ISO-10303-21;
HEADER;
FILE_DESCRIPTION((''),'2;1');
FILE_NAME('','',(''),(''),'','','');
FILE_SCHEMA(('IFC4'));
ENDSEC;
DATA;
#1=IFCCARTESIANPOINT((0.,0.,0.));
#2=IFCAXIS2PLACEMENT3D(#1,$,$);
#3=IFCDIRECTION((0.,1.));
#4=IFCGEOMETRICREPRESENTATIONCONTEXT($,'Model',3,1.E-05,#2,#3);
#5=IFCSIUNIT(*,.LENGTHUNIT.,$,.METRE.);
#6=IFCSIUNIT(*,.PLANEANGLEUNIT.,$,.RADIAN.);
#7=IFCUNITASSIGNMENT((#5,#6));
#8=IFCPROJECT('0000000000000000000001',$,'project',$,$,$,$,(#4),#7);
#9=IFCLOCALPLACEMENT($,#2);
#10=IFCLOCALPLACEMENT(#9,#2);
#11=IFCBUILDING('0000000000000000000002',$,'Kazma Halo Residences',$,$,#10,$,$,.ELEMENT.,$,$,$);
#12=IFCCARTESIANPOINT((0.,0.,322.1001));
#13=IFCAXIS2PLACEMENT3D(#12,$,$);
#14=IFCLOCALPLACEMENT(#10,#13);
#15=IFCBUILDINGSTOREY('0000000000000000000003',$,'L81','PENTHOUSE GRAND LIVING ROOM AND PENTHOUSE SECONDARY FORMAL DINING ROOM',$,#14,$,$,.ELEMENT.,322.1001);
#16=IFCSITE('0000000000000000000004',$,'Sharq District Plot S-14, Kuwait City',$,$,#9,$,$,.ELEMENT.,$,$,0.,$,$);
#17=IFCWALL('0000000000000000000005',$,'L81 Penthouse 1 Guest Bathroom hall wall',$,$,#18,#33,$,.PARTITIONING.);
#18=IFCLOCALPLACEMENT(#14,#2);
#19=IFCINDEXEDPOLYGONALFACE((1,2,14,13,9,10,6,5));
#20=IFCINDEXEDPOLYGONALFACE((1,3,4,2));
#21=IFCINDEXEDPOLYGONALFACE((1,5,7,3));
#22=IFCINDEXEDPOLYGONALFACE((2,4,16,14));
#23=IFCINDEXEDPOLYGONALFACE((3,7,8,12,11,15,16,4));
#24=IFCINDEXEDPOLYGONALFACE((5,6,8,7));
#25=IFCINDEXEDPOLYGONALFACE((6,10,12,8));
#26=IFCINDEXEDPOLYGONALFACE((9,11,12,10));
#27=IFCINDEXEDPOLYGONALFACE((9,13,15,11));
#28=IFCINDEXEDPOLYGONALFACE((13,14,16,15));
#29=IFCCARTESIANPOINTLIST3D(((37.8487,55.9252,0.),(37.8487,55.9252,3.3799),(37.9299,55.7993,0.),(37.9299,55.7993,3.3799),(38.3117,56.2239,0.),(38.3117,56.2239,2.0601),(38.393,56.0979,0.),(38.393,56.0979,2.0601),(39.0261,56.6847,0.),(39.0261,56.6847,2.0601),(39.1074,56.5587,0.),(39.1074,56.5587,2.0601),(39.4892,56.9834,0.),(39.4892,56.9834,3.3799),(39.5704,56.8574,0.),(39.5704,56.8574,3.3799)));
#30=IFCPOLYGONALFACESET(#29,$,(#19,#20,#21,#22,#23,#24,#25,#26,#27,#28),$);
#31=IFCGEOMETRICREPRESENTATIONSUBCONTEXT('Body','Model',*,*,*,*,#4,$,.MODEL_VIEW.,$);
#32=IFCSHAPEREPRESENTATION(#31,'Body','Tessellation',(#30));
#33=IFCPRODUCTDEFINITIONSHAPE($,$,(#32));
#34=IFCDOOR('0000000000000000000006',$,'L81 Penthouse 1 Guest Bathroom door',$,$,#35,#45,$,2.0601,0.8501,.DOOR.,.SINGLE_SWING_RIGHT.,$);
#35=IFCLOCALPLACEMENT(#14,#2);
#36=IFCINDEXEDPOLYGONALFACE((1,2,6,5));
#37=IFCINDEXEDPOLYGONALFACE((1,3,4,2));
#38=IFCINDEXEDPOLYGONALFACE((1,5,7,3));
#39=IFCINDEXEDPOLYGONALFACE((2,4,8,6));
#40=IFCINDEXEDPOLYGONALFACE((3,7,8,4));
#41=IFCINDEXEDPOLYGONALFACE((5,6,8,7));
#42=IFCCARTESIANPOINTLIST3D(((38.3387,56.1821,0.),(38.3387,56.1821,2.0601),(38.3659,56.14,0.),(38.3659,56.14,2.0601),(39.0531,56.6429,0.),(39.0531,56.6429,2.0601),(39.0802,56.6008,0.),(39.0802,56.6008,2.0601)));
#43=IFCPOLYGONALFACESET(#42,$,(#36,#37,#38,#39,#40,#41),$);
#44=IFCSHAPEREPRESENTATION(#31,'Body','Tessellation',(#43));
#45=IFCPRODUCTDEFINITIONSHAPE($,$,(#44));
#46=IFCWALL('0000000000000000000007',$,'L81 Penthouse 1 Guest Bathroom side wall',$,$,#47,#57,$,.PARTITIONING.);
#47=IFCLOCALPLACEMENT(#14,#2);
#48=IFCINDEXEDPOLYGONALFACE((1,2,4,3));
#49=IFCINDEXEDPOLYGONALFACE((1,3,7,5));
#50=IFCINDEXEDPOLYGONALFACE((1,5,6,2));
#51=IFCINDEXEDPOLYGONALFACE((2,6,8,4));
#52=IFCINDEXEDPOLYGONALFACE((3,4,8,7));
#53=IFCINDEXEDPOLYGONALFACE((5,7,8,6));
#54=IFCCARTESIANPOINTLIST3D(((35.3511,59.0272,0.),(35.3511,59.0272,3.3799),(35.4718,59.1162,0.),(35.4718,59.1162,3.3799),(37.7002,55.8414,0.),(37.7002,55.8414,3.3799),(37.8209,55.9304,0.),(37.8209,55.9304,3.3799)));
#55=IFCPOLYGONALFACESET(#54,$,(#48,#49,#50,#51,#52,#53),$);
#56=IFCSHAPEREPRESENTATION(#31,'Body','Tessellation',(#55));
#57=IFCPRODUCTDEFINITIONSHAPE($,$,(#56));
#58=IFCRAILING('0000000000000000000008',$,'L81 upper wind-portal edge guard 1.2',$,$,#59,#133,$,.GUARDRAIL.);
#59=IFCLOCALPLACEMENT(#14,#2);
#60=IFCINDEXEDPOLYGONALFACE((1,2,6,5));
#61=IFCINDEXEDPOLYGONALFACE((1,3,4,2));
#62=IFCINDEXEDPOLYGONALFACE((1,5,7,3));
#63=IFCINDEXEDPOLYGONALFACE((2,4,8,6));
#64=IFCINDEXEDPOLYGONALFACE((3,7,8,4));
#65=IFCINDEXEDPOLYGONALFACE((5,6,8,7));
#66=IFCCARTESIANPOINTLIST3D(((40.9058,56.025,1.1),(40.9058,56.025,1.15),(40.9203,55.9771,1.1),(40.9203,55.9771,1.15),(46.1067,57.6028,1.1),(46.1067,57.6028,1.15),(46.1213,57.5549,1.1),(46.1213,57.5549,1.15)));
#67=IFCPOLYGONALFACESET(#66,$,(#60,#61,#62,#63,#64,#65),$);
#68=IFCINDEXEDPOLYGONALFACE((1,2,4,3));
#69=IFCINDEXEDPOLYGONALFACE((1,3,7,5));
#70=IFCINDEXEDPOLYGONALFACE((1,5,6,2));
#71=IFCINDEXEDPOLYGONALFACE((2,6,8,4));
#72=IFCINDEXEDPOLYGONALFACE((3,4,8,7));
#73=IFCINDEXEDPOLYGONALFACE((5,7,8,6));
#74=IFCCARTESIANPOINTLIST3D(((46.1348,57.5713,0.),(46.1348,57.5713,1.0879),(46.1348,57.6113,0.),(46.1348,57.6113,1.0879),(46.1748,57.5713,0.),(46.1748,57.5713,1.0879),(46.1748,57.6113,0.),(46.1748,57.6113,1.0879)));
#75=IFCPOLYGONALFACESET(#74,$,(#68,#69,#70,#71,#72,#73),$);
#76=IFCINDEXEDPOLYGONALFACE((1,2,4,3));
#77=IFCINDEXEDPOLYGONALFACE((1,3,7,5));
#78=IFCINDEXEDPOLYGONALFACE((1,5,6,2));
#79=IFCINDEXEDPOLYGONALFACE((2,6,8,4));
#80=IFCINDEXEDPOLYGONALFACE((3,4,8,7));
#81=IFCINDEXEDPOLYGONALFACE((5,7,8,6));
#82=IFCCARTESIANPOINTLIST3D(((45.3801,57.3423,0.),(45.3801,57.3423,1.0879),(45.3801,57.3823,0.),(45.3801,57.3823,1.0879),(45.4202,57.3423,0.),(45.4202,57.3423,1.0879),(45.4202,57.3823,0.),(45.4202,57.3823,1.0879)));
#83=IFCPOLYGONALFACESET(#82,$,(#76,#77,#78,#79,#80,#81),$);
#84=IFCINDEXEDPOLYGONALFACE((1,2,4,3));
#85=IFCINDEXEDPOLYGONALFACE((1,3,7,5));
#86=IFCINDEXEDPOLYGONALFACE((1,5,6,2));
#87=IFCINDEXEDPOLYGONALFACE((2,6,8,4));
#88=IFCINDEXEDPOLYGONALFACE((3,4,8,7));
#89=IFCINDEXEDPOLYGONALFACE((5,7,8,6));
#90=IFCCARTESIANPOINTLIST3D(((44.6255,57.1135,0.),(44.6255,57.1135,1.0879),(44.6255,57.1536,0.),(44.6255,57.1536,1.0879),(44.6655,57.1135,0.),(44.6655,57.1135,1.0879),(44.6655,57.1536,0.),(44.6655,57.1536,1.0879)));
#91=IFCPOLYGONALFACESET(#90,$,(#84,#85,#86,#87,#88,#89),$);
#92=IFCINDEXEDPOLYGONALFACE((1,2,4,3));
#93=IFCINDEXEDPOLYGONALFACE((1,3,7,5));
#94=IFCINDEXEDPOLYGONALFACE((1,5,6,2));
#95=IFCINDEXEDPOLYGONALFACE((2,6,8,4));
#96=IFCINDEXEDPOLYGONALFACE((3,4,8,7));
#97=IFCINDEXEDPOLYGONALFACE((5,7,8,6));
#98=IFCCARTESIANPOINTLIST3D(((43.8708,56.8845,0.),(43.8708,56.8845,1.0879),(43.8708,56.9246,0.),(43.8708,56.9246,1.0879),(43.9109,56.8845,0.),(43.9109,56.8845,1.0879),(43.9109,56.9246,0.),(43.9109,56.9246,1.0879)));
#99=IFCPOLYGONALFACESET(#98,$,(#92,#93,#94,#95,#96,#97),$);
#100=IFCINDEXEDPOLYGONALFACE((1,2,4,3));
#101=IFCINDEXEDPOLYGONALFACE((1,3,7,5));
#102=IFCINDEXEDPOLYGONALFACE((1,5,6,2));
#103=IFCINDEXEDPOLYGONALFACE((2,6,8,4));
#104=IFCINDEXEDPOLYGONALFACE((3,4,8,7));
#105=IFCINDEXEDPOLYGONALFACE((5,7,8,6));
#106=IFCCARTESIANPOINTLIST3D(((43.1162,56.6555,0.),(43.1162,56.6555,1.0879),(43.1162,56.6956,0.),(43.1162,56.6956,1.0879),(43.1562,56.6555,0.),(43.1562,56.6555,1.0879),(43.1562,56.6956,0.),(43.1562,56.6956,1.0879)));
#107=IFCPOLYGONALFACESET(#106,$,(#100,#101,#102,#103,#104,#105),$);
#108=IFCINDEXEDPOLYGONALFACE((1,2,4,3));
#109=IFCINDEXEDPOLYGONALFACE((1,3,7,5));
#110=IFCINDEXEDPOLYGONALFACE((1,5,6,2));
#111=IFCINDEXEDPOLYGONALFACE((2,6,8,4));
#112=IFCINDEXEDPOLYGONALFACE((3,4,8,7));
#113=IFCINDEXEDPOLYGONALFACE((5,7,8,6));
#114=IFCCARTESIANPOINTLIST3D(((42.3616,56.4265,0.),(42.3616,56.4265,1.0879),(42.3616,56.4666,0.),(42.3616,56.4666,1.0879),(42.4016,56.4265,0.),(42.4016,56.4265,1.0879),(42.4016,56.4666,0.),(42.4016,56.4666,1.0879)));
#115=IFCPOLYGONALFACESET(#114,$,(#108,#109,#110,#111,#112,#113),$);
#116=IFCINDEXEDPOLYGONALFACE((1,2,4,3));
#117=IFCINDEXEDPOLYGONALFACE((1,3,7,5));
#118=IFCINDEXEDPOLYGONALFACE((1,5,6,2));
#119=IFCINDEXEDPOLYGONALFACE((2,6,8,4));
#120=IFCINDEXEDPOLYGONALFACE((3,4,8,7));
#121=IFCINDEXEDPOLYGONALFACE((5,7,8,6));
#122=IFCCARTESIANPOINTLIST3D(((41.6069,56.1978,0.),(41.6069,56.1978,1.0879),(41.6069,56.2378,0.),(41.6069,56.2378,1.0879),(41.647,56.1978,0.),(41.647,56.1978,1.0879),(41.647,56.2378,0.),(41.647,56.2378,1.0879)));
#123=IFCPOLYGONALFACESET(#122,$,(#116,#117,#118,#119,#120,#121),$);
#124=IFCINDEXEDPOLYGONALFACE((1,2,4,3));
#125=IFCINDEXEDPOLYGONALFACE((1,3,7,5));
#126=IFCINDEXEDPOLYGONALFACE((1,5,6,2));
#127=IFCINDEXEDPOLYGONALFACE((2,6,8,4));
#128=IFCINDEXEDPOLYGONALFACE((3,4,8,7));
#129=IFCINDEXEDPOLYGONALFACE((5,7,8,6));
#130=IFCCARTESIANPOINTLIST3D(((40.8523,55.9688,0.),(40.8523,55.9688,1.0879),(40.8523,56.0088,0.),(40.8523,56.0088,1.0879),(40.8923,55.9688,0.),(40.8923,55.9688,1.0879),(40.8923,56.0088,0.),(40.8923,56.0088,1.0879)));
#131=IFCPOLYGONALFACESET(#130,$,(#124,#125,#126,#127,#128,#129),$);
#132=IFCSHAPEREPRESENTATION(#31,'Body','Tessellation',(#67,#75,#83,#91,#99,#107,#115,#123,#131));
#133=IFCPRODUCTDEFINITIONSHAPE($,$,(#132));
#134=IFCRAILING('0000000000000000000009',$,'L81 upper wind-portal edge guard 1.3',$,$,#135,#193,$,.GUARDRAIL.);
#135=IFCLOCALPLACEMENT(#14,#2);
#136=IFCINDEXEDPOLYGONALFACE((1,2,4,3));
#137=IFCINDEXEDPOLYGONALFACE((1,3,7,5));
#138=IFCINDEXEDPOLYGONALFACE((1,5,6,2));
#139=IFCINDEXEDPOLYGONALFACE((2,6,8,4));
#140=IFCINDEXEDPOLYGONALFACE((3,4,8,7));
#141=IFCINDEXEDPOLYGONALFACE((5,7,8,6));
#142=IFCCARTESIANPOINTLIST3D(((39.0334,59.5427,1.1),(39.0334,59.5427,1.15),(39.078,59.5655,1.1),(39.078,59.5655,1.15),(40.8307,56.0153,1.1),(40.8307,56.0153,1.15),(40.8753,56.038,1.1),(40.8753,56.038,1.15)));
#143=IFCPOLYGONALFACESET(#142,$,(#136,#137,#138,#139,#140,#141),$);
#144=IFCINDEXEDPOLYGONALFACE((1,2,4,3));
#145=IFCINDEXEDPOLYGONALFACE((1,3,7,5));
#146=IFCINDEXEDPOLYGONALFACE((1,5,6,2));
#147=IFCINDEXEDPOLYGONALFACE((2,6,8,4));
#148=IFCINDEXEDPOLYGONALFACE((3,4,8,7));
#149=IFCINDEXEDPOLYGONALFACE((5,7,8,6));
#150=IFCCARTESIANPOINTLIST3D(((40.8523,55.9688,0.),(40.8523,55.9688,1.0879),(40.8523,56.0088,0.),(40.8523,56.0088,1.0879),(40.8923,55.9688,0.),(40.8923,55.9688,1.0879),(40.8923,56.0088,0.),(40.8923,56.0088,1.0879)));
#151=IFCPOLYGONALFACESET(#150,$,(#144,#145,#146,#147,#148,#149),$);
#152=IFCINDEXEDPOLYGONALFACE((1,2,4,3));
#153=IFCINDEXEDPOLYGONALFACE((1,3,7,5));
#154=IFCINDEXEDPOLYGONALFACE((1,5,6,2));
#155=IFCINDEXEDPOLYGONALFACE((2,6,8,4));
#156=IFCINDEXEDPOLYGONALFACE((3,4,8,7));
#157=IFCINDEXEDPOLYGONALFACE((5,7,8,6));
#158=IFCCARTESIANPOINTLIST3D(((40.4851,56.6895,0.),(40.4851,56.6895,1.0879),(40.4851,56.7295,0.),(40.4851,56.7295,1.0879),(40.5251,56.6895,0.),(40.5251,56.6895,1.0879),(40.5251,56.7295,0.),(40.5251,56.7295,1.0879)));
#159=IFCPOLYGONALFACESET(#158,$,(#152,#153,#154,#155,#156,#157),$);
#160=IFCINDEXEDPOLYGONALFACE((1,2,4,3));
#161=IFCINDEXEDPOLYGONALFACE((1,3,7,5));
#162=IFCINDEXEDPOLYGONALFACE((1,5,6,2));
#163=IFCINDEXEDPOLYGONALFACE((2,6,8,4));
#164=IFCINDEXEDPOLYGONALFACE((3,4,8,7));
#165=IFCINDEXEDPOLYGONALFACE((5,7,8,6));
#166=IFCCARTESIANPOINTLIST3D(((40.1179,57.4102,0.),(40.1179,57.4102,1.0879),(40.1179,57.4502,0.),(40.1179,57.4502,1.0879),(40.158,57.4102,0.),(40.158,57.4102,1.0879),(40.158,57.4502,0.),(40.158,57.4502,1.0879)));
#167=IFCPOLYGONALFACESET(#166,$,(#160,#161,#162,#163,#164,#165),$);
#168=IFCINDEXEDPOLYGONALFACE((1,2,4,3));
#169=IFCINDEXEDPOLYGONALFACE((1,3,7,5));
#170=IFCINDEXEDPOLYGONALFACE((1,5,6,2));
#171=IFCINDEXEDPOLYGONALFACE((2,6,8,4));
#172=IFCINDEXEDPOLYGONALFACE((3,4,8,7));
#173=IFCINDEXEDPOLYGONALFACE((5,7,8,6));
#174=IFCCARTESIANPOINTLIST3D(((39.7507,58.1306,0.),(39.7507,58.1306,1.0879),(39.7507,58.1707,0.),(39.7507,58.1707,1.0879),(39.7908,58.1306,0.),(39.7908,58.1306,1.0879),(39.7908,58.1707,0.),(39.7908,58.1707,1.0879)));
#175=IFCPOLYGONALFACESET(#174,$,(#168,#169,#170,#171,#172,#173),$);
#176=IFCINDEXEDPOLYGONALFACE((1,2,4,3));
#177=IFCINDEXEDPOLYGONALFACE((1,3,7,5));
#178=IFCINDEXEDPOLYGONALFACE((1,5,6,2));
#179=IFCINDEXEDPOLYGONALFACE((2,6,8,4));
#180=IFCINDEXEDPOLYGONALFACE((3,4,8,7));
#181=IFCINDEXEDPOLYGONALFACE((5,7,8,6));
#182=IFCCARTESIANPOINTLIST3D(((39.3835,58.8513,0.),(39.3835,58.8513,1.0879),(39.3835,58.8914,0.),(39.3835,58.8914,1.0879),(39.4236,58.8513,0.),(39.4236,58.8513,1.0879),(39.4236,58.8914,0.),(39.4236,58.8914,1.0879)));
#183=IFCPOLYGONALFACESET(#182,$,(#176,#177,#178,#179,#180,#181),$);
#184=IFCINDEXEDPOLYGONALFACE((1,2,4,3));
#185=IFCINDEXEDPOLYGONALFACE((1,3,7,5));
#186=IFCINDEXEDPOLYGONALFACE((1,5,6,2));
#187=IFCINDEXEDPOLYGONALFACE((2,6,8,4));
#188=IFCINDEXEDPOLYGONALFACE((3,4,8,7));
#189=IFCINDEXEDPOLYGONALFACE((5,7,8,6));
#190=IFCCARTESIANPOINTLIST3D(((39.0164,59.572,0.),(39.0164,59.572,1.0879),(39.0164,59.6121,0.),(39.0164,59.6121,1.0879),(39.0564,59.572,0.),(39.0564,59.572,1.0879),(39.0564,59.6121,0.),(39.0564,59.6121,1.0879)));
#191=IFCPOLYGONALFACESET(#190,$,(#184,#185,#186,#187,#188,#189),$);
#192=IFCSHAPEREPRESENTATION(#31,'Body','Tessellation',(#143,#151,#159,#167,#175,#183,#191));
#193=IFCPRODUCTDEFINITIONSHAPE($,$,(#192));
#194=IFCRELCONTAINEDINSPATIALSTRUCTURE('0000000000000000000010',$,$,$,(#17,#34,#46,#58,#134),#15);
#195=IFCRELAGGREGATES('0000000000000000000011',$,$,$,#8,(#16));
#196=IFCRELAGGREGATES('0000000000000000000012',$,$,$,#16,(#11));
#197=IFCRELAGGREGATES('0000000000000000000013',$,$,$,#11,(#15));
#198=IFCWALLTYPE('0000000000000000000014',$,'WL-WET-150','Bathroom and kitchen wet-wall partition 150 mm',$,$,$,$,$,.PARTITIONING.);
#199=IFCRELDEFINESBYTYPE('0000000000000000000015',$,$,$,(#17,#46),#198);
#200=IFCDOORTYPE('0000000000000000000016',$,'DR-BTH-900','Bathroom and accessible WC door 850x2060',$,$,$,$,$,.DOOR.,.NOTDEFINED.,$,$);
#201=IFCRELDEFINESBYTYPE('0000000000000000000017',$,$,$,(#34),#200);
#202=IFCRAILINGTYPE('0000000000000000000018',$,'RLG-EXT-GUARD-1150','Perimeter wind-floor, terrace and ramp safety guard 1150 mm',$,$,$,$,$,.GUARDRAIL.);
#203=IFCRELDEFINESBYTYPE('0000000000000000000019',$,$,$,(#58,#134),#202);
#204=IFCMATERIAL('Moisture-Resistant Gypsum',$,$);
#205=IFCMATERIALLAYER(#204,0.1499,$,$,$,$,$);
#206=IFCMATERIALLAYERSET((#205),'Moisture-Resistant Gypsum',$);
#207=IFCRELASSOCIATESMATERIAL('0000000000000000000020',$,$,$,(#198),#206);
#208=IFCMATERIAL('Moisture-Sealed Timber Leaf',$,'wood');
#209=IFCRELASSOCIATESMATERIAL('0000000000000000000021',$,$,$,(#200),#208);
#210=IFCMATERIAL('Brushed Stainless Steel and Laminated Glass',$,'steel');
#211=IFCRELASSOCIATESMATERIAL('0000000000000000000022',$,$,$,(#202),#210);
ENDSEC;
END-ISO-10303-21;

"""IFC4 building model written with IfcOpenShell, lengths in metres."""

from ifc_helpers import new_model, si_unit, direction, frame, frame_2d, origin, origin_2d, place, context, subcontext, project, spatial, rectangle, extrude, material, layer, layer_set, type_object, element, fill, save


model = new_model("IFC4")

# Units and contexts
model_context = context("Model", 3, precision=1e-05, world=origin(), true_north=direction((0.0, 1.0)))
body_context = subcontext(model_context, "Body", "Model", "MODEL_VIEW")
ifc_project = project(units=[si_unit("LENGTHUNIT", "METRE"), si_unit("PLANEANGLEUNIT", "RADIAN")], contexts=[model_context])

# Site, building, storey
site_placement = place(None, origin())
site = spatial("IfcSite", under=ifc_project, at=site_placement, Name="Sharq District Plot S-14, Kuwait City", CompositionType="ELEMENT", RefElevation=0.0)
building_placement = place(site_placement, origin())
building = spatial("IfcBuilding", under=site, at=building_placement, Name="Kazma Halo Residences", CompositionType="ELEMENT")
storey_placement = place(building_placement, frame((0.0, 0.0, 322.1001)))
storey = spatial("IfcBuildingStorey", under=building, at=storey_placement, Name="L81", Description="PENTHOUSE GRAND LIVING ROOM AND PENTHOUSE SECONDARY FORMAL DINING ROOM", CompositionType="ELEMENT", Elevation=322.1001)

# Wall, opening, door
ifc_material_1 = material(Name="Moisture-Resistant Gypsum")
ifc_layer_1 = layer(ifc_material_1, 0.1499)
ifc_layer_set_1 = layer_set([ifc_layer_1], Name="Moisture-Resistant Gypsum")
wall_type_1 = type_object("IfcWallType", Name="WL-WET-150", Description="Bathroom and kitchen wet-wall partition 150 mm", PredefinedType="PARTITIONING", material=ifc_layer_set_1)
wall_1_placement = place(storey_placement, frame((39.5298, 56.9204, 0.0), z_axis=(0.0, 0.0, 1.0), x_axis=(-0.840344, -0.542053, 0.0)))
wall_1 = element("IfcWall", 1, at=wall_1_placement, inside=storey, type_object=wall_type_1, Name="L81 Penthouse 1 Guest Bathroom hall wall", PredefinedType="PARTITIONING", context=body_context, shape_type="SweptSolid", body=[
    extrude(rectangle(XDim=1.9521, YDim=0.1499, at=frame_2d((0.9761, 0.0))), origin(), (0.0, 0.0, 1.0), 3.3799),
])
opening_1_placement = place(wall_1_placement, frame((0.551, 0.0, 0.0)))
opening_1 = element("IfcOpeningElement", 2, at=opening_1_placement, cuts=wall_1, PredefinedType="OPENING", context=body_context, shape_type="SweptSolid", body=[
    extrude(rectangle(XDim=0.8501, YDim=2.0601, at=frame_2d((0.425, 1.03))), frame((0.0, 0.085, 0.0), z_axis=(0.0, -1.0, 0.0), x_axis=(1.0, 0.0, 0.0)), (0.0, 0.0, 1.0), 0.1699),
])
ifc_material_2 = material(Name="Moisture-Sealed Timber Leaf", Category="wood")
door_type_1 = type_object("IfcDoorType", Name="DR-BTH-900", Description="Bathroom and accessible WC door 850x2060", OperationType="NOTDEFINED", PredefinedType="DOOR", material=ifc_material_2)
door_1_placement = place(opening_1_placement, origin())
door_1 = element("IfcDoor", 3, at=door_1_placement, inside=storey, type_object=door_type_1, Name="L81 Penthouse 1 Guest Bathroom door", OperationType="SINGLE_SWING_RIGHT", OverallHeight=2.0601, OverallWidth=0.8501, PredefinedType="DOOR", context=body_context, shape_type="SweptSolid", body=[
    extrude(rectangle(XDim=0.8501, YDim=2.0601, at=frame_2d((0.425, 1.03))), frame((0.0, 0.0249, 0.0), z_axis=(0.0, -1.0, 0.0), x_axis=(1.0, 0.0, 0.0)), (0.0, 0.0, 1.0), 0.05),
])
fill(opening_1, door_1)

# Wall
wall_2_placement = place(storey_placement, frame((37.7605, 55.886, 0.0), z_axis=(0.0, 0.0, 1.0), x_axis=(-0.593477, 0.804851, 0.0)))
element("IfcWall", 4, at=wall_2_placement, inside=storey, type_object=wall_type_1, Name="L81 Penthouse 1 Guest Bathroom side wall", PredefinedType="PARTITIONING", context=body_context, shape_type="SweptSolid", body=[
    extrude(rectangle(XDim=3.9583, YDim=0.1499, at=frame_2d((1.979, 0.0))), origin(), (0.0, 0.0, 1.0), 3.3799),
])

# Railings
ifc_material_3 = material(Name="Brushed Stainless Steel and Laminated Glass", Category="steel")
railing_type = type_object("IfcRailingType", Name="RLG-EXT-GUARD-1150", Description="Perimeter wind-floor, terrace and ramp safety guard 1150 mm", PredefinedType="GUARDRAIL", material=ifc_material_3)
railing_1_placement = place(storey_placement, frame((46.1548, 57.5913, 0.0)))
element("IfcRailing", 5, at=railing_1_placement, inside=storey, type_object=railing_type, Name="L81 upper wind-portal edge guard 1.2", PredefinedType="GUARDRAIL", context=body_context, shape_type="SweptSolid", body=[
    extrude(rectangle(XDim=0.05, YDim=0.05, at=origin_2d()), frame((-0.0408, -0.0125, 1.125), z_axis=(-0.956934, -0.290304, 0.0), x_axis=(0.290304, -0.956934, 0.0)), (0.0, 0.0, 1.0), 5.4351),
    extrude(rectangle(XDim=0.04, YDim=0.04, at=origin_2d()), origin(), (0.0, 0.0, 1.0), 1.0879),
    extrude(rectangle(XDim=0.04, YDim=0.04, at=origin_2d()), frame((-0.7546, -0.229, 0.0)), (0.0, 0.0, 1.0), 1.0879),
    extrude(rectangle(XDim=0.04, YDim=0.04, at=origin_2d()), frame((-1.5093, -0.4578, 0.0)), (0.0, 0.0, 1.0), 1.0879),
    extrude(rectangle(XDim=0.04, YDim=0.04, at=origin_2d()), frame((-2.2639, -0.6868, 0.0)), (0.0, 0.0, 1.0), 1.0879),
    extrude(rectangle(XDim=0.04, YDim=0.04, at=origin_2d()), frame((-3.0186, -0.9158, 0.0)), (0.0, 0.0, 1.0), 1.0879),
    extrude(rectangle(XDim=0.04, YDim=0.04, at=origin_2d()), frame((-3.7732, -1.1448, 0.0)), (0.0, 0.0, 1.0), 1.0879),
    extrude(rectangle(XDim=0.04, YDim=0.04, at=origin_2d()), frame((-4.5278, -1.3735, 0.0)), (0.0, 0.0, 1.0), 1.0879),
    extrude(rectangle(XDim=0.04, YDim=0.04, at=origin_2d()), frame((-5.2825, -1.6025, 0.0)), (0.0, 0.0, 1.0), 1.0879),
])
railing_2_placement = place(storey_placement, frame((40.8723, 55.9888, 0.0)))
element("IfcRailing", 6, at=railing_2_placement, inside=storey, type_object=railing_type, Name="L81 upper wind-portal edge guard 1.3", PredefinedType="GUARDRAIL", context=body_context, shape_type="SweptSolid", body=[
    extrude(rectangle(XDim=0.05, YDim=0.05, at=origin_2d()), frame((-0.0193, 0.0378, 1.125), z_axis=(-0.453986, 0.891009, 0.0), x_axis=(-0.891009, -0.453986, 0.0)), (0.0, 0.0, 1.0), 3.959),
    extrude(rectangle(XDim=0.04, YDim=0.04, at=origin_2d()), origin(), (0.0, 0.0, 1.0), 1.0879),
    extrude(rectangle(XDim=0.04, YDim=0.04, at=origin_2d()), frame((-0.3672, 0.7207, 0.0)), (0.0, 0.0, 1.0), 1.0879),
    extrude(rectangle(XDim=0.04, YDim=0.04, at=origin_2d()), frame((-0.7344, 1.4414, 0.0)), (0.0, 0.0, 1.0), 1.0879),
    extrude(rectangle(XDim=0.04, YDim=0.04, at=origin_2d()), frame((-1.1016, 2.1619, 0.0)), (0.0, 0.0, 1.0), 1.0879),
    extrude(rectangle(XDim=0.04, YDim=0.04, at=origin_2d()), frame((-1.4688, 2.8826, 0.0)), (0.0, 0.0, 1.0), 1.0879),
    extrude(rectangle(XDim=0.04, YDim=0.04, at=origin_2d()), frame((-1.8359, 3.6033, 0.0)), (0.0, 0.0, 1.0), 1.0879),
])

save(model, "model.ifc")
